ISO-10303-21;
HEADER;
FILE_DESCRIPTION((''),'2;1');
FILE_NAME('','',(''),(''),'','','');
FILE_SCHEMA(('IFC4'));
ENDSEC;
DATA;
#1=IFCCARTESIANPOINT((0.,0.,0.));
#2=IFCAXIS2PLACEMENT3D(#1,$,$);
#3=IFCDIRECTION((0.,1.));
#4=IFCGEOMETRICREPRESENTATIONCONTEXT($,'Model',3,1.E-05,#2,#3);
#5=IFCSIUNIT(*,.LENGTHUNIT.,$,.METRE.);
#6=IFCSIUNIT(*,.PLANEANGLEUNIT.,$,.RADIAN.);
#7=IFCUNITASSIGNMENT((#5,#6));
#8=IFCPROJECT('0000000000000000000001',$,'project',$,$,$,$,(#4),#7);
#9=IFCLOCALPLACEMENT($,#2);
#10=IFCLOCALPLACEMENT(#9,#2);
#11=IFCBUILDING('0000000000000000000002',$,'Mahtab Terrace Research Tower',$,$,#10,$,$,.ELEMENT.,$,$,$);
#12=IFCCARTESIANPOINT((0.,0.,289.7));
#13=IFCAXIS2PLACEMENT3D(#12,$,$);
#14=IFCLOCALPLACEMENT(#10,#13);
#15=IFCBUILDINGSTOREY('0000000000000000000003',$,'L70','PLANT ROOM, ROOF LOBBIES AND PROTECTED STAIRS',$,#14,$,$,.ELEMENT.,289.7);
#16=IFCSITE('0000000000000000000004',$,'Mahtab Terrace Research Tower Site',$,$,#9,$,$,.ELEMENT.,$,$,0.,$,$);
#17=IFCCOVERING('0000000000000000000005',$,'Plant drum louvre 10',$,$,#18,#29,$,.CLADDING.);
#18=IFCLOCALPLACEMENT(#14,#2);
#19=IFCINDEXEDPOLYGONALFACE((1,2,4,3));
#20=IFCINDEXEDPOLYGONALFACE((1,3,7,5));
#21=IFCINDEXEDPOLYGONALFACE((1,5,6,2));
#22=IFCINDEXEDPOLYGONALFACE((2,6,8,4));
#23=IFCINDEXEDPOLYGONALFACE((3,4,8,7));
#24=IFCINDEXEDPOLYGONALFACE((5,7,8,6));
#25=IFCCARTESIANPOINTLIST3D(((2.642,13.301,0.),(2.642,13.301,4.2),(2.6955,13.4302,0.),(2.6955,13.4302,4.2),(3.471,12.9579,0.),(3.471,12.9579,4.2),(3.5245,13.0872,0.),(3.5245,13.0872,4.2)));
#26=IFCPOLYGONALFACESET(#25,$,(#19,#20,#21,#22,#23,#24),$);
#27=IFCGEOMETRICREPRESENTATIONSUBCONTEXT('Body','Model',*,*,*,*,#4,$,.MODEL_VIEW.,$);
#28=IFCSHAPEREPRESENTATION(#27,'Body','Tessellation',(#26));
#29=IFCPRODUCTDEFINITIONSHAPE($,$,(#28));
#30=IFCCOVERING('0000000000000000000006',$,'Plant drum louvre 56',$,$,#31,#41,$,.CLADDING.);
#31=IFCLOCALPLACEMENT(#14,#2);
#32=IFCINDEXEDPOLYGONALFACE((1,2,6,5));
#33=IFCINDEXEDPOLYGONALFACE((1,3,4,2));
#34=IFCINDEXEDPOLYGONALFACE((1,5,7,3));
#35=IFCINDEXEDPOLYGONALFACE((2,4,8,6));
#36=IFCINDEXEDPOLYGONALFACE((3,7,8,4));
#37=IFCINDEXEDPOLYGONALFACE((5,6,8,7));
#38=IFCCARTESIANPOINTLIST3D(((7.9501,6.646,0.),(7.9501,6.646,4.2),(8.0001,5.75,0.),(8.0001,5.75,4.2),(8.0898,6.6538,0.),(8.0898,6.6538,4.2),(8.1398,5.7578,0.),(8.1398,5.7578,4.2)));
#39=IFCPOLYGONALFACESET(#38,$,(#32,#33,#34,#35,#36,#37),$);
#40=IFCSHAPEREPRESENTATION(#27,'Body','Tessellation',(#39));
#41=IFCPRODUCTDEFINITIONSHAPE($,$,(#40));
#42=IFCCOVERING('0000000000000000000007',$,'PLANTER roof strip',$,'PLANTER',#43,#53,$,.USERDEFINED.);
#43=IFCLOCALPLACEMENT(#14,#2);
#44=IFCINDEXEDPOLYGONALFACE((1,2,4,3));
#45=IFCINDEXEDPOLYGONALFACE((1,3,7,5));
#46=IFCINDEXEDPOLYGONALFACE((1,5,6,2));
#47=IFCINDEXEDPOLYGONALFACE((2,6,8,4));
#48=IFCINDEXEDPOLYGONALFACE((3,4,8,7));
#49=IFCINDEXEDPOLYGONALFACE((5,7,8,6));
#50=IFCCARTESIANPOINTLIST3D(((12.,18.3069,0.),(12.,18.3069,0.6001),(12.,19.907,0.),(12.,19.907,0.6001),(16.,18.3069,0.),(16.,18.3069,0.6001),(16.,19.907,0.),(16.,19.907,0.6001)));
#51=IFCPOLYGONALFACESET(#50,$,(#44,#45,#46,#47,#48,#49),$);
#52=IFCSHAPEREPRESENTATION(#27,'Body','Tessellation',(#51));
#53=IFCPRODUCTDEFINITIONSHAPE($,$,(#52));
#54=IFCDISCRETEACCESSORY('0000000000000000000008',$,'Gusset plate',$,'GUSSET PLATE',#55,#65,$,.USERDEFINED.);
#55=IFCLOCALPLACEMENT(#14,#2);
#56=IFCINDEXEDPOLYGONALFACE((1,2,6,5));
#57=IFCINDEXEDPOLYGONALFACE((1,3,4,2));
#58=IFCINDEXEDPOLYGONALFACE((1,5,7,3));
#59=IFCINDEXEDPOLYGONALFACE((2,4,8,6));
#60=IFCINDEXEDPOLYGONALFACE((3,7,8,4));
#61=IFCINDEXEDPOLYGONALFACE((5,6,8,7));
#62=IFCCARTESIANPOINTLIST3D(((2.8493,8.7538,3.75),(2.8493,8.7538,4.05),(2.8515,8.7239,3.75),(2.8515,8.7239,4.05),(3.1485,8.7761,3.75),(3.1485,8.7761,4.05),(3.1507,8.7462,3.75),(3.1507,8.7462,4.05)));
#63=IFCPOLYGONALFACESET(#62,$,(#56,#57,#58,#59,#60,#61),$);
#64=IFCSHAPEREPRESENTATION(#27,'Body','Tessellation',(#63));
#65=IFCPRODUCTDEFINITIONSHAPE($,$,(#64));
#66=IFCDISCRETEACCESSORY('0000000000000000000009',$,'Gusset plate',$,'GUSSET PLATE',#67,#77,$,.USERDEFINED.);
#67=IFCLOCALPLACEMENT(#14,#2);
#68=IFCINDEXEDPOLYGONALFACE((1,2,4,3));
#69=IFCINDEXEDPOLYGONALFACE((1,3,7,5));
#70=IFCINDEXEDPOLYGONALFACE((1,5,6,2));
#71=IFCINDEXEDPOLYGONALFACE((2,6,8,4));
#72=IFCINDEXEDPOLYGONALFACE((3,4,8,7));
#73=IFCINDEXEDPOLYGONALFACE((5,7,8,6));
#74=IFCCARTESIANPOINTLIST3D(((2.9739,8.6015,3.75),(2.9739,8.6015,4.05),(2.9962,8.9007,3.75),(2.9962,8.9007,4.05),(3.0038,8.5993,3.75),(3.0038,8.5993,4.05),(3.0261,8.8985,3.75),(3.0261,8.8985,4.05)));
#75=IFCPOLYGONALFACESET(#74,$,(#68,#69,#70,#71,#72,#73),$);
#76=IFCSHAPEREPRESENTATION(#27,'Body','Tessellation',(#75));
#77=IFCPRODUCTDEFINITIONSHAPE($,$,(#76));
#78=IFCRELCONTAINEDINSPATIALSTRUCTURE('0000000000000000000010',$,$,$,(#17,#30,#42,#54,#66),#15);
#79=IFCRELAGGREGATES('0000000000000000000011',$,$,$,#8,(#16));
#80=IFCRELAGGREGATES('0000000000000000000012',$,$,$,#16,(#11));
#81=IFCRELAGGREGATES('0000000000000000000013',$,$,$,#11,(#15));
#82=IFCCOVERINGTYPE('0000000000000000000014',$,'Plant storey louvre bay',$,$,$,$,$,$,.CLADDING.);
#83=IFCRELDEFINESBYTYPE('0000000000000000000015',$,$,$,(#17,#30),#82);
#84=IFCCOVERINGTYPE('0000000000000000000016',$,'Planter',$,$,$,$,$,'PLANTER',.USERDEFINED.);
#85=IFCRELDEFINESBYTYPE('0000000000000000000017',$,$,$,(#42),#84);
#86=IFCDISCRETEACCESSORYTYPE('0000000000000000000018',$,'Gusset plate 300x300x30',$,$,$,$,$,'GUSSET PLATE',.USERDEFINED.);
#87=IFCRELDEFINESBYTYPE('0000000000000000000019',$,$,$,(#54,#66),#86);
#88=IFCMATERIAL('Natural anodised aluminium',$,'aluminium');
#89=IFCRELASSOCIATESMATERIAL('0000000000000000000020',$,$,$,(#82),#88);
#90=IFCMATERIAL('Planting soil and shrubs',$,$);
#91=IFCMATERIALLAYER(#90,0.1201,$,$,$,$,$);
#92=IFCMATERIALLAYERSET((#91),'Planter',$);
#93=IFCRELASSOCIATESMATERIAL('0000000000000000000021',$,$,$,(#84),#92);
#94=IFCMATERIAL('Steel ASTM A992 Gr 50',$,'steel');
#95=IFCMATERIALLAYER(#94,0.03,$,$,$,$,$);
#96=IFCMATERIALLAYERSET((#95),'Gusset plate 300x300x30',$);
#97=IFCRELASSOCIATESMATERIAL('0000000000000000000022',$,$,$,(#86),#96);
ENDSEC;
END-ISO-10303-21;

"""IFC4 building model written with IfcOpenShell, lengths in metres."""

from ifc_helpers import new_model, si_unit, direction, frame, origin, origin_2d, place, context, subcontext, project, spatial, rectangle, extrude, material, layer, layer_set, type_object, element, save


model = new_model("IFC4")

# Units and contexts
model_context = context("Model", 3, precision=1e-05, world=origin(), true_north=direction((0.0, 1.0)))
body_context = subcontext(model_context, "Body", "Model", "MODEL_VIEW")
ifc_project = project(units=[si_unit("LENGTHUNIT", "METRE"), si_unit("PLANEANGLEUNIT", "RADIAN")], contexts=[model_context])

# Site, building, storey
site_placement = place(None, origin())
site = spatial("IfcSite", under=ifc_project, at=site_placement, Name="Mahtab Terrace Research Tower Site", CompositionType="ELEMENT", RefElevation=0.0)
building_placement = place(site_placement, origin())
building = spatial("IfcBuilding", under=site, at=building_placement, Name="Mahtab Terrace Research Tower", CompositionType="ELEMENT")
storey_placement = place(building_placement, frame((0.0, 0.0, 289.7)))
storey = spatial("IfcBuildingStorey", under=building, at=storey_placement, Name="L70", Description="PLANT ROOM, ROOF LOBBIES AND PROTECTED STAIRS", CompositionType="ELEMENT", Elevation=289.7)

# Coverings
ifc_material_1 = material(Name="Natural anodised aluminium", Category="aluminium")
covering_type_1 = type_object("IfcCoveringType", Name="Plant storey louvre bay", PredefinedType="CLADDING", material=ifc_material_1)
covering_1_placement = place(storey_placement, frame((3.0833, 13.1941, 0.0), z_axis=(0.0, 0.0, 1.0), x_axis=(-0.92403, 0.382319, 0.0)))
element("IfcCovering", 1, at=covering_1_placement, inside=storey, type_object=covering_type_1, Name="Plant drum louvre 10", PredefinedType="CLADDING", context=body_context, shape_type="SweptSolid", body=[
    extrude(rectangle(XDim=0.8972, YDim=0.1399, at=origin_2d()), origin(), (0.0, 0.0, 1.0), 4.2),
])
covering_2_placement = place(storey_placement, frame((8.0449, 6.2019, 0.0), z_axis=(0.0, 0.0, 1.0), x_axis=(-0.055717, 0.998447, 0.0)))
element("IfcCovering", 2, at=covering_2_placement, inside=storey, type_object=covering_type_1, Name="Plant drum louvre 56", PredefinedType="CLADDING", context=body_context, shape_type="SweptSolid", body=[
    extrude(rectangle(XDim=0.8975, YDim=0.1399, at=origin_2d()), origin(), (0.0, 0.0, 1.0), 4.2),
])
ifc_material_2 = material(Name="Planting soil and shrubs")
ifc_layer_1 = layer(ifc_material_2, 0.1201)
ifc_layer_set_1 = layer_set([ifc_layer_1], Name="Planter")
covering_type_2 = type_object("IfcCoveringType", Name="Planter", ElementType="PLANTER", PredefinedType="USERDEFINED", material=ifc_layer_set_1)
covering_3_placement = place(storey_placement, frame((14.0, 19.1069, 0.0), z_axis=(0.0, 0.0, 1.0), x_axis=(1.0, 0.0, 0.0)))
element("IfcCovering", 3, at=covering_3_placement, inside=storey, type_object=covering_type_2, Name="PLANTER roof strip", ObjectType="PLANTER", PredefinedType="USERDEFINED", context=body_context, shape_type="SweptSolid", body=[
    extrude(rectangle(XDim=4.0, YDim=1.6001, at=origin_2d()), origin(), (0.0, 0.0, 1.0), 0.6001),
])

# Discrete accessories
ifc_material_3 = material(Name="Steel ASTM A992 Gr 50", Category="steel")
ifc_layer_2 = layer(ifc_material_3, 0.03)
ifc_layer_set_2 = layer_set([ifc_layer_2], Name="Gusset plate 300x300x30")
discrete_accessory_type = type_object("IfcDiscreteAccessoryType", Name="Gusset plate 300x300x30", ElementType="GUSSET PLATE", PredefinedType="USERDEFINED", material=ifc_layer_set_2)
for number, where, z_axis, x_axis, name in (
    (4, (3.0, 8.75, 3.75), (0.0, 0.0, 1.0), (0.997227, 0.074422, 0.0), "Gusset plate"),
    (5, (3.0, 8.75, 3.75), (0.0, 0.0, 1.0), (0.074422, 0.997227, 0.0), "Gusset plate"),
):
    element("IfcDiscreteAccessory", number, at=place(storey_placement, frame(where, z_axis=z_axis, x_axis=x_axis)), inside=storey, type_object=discrete_accessory_type, Name=name, ObjectType="GUSSET PLATE", PredefinedType="USERDEFINED", context=body_context, shape_type="SweptSolid", body=[
        extrude(rectangle(XDim=0.3, YDim=0.03, at=origin_2d()), origin(), (0.0, 0.0, 1.0), 0.3),
    ])

save(model, "model.ifc")
